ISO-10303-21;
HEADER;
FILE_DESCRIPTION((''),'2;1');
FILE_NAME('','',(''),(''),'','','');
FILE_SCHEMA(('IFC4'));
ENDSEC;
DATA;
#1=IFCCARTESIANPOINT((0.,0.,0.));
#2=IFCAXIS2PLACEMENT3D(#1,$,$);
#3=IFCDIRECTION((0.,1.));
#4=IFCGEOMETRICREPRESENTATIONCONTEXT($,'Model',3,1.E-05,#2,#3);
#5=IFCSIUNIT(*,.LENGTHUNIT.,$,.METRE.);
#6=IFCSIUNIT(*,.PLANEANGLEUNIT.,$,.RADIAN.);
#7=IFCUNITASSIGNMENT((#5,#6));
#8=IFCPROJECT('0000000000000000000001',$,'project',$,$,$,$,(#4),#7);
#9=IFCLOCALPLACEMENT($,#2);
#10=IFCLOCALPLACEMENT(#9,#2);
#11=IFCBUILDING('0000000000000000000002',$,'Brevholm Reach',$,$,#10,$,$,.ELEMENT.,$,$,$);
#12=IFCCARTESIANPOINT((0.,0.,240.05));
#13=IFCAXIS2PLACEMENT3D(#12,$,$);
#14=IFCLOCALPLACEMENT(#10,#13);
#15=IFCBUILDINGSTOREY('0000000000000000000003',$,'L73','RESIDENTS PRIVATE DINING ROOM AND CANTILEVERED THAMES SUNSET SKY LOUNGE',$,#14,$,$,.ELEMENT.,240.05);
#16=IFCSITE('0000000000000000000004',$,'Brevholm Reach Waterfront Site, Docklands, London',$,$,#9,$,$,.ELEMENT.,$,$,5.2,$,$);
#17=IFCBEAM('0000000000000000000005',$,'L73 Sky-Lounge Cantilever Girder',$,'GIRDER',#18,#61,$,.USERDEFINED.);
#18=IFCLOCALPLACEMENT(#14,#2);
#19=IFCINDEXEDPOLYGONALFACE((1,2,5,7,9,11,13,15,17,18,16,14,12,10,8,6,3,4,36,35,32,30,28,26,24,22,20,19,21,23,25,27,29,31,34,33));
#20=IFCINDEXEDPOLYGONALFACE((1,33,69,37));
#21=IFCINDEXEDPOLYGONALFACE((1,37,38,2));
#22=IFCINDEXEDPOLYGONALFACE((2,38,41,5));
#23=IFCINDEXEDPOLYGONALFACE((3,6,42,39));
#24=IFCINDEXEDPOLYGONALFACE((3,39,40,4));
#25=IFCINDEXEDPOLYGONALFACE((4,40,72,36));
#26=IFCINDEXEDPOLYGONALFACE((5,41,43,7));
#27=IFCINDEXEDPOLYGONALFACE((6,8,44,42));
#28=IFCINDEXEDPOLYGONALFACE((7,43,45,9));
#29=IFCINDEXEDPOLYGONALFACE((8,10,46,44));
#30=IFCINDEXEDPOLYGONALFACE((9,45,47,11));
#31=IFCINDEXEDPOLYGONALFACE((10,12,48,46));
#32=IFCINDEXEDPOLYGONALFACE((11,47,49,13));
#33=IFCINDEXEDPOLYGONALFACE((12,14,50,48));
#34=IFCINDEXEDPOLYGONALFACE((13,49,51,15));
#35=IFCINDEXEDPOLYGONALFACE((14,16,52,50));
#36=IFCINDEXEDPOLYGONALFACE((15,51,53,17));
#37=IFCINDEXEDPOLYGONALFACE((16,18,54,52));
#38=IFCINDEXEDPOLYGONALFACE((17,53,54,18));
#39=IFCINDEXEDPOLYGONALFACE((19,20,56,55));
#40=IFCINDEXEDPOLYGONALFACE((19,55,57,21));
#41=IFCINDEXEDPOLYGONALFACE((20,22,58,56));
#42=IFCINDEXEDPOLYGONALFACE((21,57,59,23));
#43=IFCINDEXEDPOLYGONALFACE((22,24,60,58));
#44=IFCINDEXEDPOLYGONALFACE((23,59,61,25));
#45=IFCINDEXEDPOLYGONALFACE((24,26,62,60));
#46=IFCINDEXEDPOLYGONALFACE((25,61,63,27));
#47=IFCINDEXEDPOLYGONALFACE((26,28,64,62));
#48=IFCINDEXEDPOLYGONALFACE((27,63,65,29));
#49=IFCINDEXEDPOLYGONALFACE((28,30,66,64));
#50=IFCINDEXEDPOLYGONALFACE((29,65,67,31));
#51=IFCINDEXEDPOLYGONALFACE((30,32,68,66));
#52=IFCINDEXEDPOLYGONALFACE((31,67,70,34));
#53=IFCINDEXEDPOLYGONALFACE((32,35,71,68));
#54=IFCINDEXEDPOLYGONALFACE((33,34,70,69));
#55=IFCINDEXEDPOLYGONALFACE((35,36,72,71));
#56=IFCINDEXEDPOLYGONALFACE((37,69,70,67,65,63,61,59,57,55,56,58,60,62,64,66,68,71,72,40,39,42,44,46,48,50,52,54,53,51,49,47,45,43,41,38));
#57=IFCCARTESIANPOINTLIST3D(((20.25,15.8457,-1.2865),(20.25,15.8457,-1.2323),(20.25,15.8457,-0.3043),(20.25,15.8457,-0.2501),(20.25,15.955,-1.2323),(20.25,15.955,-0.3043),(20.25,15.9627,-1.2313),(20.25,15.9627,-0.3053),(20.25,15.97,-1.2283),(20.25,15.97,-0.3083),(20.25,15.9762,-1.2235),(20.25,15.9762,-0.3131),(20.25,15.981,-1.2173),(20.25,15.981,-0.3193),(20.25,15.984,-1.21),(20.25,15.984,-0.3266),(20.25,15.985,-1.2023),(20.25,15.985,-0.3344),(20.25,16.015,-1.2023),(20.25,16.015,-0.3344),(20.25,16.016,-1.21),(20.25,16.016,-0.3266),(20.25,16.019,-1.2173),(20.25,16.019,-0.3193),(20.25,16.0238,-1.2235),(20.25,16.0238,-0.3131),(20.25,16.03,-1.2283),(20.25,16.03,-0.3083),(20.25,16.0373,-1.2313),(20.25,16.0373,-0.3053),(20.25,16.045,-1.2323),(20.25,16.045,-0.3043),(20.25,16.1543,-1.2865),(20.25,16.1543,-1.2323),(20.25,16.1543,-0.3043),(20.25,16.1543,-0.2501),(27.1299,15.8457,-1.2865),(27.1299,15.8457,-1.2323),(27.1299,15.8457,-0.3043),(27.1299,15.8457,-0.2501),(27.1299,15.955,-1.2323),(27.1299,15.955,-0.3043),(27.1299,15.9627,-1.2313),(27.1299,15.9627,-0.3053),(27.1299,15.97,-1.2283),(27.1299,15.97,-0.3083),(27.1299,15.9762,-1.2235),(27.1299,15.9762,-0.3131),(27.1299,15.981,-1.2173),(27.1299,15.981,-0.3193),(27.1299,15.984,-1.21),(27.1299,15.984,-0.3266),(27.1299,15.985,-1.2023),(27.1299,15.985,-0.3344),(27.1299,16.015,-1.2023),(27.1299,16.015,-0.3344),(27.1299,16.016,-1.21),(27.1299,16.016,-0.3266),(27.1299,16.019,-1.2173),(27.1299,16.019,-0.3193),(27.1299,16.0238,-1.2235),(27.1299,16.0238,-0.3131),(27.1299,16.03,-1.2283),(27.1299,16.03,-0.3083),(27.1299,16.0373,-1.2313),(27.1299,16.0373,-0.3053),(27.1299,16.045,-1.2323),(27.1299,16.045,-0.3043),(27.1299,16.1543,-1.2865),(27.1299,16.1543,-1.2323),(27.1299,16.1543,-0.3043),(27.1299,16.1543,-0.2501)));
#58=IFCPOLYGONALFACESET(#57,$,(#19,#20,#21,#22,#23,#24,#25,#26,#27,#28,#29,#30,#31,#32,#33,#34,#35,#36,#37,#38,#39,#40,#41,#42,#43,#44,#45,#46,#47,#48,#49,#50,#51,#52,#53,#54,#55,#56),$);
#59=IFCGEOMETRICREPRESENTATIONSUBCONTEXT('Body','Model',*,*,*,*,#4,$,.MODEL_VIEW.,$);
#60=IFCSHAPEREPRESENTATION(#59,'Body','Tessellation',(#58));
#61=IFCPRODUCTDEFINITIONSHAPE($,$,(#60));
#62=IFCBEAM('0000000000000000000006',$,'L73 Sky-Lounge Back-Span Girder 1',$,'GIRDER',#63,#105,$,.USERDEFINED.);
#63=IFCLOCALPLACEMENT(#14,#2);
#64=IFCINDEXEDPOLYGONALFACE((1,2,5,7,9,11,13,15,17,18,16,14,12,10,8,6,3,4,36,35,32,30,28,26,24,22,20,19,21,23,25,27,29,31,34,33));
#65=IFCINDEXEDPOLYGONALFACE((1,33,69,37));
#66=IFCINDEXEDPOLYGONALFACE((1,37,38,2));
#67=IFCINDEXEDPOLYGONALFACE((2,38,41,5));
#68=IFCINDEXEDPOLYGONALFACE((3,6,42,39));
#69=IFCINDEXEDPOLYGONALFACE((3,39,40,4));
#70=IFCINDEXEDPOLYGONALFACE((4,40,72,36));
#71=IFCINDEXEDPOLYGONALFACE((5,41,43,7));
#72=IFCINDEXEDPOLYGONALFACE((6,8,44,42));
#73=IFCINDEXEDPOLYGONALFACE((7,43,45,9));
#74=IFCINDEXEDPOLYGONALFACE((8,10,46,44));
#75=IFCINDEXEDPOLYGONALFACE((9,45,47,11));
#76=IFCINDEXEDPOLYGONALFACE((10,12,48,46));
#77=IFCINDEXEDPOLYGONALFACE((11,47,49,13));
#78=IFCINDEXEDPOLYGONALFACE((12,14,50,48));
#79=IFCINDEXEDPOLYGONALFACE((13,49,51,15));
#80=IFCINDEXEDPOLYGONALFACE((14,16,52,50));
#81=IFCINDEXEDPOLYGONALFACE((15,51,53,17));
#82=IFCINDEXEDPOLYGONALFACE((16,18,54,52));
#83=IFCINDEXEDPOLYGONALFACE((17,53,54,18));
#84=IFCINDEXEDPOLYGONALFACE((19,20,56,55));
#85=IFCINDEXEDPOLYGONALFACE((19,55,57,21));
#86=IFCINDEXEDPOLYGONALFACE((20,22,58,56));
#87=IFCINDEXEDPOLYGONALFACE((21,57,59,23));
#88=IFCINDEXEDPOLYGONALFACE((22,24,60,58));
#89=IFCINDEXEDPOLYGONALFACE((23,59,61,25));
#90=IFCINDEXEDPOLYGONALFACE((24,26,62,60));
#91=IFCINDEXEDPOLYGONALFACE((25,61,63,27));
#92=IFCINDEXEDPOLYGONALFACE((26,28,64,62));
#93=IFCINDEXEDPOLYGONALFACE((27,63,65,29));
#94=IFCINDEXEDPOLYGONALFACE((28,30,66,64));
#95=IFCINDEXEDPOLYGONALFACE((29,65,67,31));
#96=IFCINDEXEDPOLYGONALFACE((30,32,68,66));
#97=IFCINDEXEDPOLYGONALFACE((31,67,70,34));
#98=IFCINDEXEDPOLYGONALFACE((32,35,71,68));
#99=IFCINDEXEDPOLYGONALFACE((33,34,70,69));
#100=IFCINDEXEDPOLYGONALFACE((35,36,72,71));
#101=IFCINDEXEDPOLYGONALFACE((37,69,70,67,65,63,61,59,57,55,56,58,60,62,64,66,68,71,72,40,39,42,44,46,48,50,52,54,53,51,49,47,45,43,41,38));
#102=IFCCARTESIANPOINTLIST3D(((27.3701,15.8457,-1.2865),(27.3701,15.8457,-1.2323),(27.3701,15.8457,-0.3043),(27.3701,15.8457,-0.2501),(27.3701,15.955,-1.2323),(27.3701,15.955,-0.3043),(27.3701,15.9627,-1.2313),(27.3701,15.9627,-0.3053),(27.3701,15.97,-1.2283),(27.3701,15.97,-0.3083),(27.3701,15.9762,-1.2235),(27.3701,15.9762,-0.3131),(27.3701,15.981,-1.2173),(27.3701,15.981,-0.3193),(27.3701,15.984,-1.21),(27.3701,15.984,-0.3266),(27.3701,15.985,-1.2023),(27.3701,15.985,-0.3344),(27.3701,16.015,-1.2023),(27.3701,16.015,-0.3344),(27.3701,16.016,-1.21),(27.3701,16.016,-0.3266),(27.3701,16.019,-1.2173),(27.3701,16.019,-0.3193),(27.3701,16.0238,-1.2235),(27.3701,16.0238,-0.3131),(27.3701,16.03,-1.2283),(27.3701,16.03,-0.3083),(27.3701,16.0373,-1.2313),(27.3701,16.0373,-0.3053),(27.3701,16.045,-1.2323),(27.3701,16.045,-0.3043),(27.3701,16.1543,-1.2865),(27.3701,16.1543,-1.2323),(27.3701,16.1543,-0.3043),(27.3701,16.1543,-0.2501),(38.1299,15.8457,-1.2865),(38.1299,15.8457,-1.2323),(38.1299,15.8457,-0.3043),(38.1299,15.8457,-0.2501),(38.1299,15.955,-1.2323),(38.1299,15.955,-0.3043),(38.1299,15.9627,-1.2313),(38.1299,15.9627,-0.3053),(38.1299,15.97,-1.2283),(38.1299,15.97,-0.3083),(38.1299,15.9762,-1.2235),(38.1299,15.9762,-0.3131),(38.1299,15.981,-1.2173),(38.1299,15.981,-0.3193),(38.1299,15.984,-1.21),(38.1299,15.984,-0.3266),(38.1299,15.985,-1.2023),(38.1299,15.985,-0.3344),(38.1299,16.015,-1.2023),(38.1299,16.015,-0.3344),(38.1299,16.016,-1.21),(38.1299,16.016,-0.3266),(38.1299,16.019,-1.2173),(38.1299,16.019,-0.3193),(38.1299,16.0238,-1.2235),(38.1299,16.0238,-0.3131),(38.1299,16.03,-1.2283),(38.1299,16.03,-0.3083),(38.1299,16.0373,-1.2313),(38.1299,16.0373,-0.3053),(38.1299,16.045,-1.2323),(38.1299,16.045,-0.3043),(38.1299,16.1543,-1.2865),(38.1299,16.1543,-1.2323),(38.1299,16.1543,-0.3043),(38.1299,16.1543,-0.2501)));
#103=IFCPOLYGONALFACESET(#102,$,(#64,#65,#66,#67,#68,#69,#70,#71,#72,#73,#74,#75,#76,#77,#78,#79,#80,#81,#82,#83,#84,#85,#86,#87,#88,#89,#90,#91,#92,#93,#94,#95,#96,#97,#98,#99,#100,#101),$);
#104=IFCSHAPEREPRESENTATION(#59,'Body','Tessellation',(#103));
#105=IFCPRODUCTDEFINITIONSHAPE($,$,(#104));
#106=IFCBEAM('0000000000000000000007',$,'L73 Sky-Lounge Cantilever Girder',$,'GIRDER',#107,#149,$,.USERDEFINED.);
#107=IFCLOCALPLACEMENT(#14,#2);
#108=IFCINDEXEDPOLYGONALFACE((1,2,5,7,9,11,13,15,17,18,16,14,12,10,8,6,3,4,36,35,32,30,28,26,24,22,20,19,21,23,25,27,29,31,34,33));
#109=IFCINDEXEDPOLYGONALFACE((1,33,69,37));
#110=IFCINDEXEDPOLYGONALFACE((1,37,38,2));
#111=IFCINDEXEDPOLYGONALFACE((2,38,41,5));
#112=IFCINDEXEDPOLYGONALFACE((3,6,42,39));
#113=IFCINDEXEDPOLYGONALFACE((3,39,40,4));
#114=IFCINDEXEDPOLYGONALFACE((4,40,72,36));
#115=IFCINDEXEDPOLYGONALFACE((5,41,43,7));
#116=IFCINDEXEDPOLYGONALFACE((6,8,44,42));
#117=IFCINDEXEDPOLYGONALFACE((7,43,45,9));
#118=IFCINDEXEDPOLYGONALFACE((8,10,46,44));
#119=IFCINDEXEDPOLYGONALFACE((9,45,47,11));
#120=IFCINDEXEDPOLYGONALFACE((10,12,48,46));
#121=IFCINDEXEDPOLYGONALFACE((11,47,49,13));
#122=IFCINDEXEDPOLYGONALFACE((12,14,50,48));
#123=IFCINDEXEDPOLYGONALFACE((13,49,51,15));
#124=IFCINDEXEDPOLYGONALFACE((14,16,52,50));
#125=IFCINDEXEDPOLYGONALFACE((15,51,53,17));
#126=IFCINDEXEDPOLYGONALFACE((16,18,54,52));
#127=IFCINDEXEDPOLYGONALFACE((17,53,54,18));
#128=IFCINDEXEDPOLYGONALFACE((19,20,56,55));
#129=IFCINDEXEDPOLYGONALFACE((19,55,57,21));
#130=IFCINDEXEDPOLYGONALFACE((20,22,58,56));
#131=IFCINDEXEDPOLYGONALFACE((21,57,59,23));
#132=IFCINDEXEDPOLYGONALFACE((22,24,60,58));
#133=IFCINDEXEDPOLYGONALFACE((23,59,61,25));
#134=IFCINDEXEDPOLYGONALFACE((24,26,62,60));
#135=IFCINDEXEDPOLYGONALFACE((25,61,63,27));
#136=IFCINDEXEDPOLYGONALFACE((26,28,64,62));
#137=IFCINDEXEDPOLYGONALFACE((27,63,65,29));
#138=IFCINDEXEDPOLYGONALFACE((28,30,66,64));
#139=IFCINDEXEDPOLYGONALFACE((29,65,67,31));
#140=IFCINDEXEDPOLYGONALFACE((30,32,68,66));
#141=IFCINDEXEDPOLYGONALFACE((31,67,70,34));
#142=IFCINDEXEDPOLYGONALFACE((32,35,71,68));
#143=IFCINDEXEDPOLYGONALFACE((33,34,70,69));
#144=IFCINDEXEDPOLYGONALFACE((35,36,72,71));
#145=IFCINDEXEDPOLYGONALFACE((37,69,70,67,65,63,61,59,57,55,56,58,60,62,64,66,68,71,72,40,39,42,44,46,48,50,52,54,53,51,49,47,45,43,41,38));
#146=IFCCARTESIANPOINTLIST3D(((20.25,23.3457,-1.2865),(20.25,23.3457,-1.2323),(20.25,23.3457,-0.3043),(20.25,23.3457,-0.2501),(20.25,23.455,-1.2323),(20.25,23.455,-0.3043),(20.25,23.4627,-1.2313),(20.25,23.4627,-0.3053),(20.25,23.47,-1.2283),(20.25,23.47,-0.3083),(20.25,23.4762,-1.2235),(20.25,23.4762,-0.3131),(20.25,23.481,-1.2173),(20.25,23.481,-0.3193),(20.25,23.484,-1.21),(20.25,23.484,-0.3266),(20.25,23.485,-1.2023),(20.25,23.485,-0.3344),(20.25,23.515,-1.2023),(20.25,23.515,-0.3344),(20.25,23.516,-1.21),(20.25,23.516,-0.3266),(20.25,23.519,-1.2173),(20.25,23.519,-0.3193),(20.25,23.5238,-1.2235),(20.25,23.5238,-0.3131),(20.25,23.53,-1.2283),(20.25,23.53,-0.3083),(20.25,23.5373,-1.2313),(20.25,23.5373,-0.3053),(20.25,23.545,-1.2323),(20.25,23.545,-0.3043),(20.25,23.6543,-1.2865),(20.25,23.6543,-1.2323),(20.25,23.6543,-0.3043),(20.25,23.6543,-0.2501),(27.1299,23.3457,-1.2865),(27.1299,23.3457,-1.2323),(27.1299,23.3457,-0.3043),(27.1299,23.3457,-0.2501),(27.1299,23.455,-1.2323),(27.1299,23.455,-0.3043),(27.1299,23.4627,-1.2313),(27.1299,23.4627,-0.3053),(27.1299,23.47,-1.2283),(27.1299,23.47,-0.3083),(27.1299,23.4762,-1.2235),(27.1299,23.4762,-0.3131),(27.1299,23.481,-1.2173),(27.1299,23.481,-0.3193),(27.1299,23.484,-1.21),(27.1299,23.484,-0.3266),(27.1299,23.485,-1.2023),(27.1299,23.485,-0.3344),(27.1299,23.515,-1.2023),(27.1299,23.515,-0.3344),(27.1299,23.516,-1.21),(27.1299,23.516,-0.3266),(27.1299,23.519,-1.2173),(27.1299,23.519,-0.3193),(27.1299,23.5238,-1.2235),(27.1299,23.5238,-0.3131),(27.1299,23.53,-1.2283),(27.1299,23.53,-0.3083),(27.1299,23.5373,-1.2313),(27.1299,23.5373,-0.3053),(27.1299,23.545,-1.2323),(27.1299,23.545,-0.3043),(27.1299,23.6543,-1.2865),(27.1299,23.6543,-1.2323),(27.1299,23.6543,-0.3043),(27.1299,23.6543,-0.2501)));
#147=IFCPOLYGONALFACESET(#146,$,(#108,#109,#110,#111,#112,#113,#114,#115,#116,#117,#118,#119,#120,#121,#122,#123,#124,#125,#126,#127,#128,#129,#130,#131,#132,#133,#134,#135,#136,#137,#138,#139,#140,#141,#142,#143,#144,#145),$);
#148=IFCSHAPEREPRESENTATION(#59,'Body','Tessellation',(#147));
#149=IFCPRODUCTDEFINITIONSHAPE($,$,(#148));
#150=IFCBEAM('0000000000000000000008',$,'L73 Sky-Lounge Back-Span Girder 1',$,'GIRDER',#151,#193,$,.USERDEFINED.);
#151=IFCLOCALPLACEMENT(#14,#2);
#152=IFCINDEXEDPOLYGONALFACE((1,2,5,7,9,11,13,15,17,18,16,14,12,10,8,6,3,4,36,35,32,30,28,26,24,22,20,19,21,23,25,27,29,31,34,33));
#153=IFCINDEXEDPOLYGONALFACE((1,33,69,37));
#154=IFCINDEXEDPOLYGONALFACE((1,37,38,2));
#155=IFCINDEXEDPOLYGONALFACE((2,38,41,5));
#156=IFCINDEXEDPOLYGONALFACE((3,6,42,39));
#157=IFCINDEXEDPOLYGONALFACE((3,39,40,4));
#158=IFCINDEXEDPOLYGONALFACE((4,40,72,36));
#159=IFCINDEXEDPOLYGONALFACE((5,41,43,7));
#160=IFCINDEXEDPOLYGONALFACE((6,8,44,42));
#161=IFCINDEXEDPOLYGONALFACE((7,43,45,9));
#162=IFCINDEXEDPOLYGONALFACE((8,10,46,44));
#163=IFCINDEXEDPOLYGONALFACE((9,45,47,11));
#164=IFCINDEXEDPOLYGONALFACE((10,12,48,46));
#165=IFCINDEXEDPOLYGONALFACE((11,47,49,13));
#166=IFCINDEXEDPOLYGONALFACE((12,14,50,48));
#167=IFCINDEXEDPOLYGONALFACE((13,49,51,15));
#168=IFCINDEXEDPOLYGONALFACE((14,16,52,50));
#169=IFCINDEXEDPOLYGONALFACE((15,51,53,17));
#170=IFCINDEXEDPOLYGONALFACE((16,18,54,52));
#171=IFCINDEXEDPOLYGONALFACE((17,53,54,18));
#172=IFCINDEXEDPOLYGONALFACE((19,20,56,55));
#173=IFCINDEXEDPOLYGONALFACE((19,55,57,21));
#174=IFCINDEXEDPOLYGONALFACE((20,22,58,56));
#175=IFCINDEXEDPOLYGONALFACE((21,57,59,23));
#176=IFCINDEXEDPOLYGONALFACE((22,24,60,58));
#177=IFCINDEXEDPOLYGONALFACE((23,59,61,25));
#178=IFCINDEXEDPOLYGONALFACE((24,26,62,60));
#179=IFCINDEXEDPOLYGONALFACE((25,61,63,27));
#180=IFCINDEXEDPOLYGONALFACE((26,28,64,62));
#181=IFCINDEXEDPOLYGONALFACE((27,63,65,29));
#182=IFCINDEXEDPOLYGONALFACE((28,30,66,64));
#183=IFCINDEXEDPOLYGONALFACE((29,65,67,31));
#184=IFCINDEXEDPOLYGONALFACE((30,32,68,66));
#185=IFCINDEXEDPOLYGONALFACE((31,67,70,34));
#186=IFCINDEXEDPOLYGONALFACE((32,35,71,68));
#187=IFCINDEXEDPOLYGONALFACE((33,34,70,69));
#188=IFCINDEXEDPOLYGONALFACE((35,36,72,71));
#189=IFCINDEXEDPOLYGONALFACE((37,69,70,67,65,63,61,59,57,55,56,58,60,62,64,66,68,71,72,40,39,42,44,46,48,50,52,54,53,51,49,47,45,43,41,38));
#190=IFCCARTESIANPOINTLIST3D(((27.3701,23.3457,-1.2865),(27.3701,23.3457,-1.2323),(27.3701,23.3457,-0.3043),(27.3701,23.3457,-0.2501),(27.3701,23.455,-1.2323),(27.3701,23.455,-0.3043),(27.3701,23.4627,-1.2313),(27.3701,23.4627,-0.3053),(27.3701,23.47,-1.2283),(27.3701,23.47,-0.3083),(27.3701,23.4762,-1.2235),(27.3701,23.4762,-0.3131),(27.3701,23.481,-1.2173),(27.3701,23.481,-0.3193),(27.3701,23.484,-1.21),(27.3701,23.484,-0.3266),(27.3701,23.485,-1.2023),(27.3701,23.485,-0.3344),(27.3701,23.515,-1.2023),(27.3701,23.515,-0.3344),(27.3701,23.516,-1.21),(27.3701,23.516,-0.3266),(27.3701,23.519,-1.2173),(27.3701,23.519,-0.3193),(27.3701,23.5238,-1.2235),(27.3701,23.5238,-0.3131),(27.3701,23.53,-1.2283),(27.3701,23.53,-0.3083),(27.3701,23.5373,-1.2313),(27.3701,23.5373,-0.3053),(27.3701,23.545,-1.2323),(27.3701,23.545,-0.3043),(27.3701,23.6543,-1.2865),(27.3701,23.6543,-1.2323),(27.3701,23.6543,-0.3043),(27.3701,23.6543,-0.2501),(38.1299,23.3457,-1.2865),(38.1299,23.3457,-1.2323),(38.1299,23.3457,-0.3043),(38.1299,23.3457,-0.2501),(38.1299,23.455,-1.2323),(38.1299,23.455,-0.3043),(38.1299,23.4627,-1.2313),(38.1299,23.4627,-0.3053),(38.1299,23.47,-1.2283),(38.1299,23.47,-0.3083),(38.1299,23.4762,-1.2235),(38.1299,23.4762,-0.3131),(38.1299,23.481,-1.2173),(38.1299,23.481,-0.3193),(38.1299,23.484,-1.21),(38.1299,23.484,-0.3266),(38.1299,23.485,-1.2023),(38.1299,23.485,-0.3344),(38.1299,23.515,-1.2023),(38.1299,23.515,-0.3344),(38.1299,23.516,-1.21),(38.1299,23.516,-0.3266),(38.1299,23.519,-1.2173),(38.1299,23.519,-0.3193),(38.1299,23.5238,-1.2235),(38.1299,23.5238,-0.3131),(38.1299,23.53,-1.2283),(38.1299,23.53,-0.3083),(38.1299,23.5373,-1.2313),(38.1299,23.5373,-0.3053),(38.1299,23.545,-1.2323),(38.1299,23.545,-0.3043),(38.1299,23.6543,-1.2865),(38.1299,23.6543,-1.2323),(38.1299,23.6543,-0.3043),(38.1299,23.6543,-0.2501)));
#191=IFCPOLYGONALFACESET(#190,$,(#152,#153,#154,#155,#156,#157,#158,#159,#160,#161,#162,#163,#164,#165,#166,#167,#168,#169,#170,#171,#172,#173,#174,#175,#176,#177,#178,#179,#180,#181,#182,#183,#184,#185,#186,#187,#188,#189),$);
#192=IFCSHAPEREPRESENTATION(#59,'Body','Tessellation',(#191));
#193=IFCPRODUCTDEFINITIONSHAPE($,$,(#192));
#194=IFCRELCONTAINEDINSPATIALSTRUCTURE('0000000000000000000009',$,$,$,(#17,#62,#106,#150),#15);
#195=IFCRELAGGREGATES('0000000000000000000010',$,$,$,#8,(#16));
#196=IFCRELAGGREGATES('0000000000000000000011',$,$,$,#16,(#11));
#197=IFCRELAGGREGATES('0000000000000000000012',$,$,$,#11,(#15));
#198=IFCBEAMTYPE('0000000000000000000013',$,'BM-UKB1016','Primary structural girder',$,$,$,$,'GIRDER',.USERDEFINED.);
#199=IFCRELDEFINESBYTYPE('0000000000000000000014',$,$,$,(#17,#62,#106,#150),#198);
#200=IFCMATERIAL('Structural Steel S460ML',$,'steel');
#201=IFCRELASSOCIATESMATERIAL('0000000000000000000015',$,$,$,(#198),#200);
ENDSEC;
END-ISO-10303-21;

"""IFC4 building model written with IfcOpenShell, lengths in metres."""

from ifc_helpers import new_model, si_unit, direction, frame, origin, origin_2d, place, context, subcontext, project, spatial, i_section, extrude, material, material_profile, profile_set, type_object, element, save


model = new_model("IFC4")

# Units and contexts
model_context = context("Model", 3, precision=1e-05, world=origin(), true_north=direction((0.0, 1.0)))
body_context = subcontext(model_context, "Body", "Model", "MODEL_VIEW")
ifc_project = project(units=[si_unit("LENGTHUNIT", "METRE"), si_unit("PLANEANGLEUNIT", "RADIAN")], contexts=[model_context])

# Site, building, storey
site_placement = place(None, origin())
site = spatial("IfcSite", under=ifc_project, at=site_placement, Name="Brevholm Reach Waterfront Site, Docklands, London", CompositionType="ELEMENT", RefElevation=5.2)
building_placement = place(site_placement, origin())
building = spatial("IfcBuilding", under=site, at=building_placement, Name="Brevholm Reach", CompositionType="ELEMENT")
storey_placement = place(building_placement, frame((0.0, 0.0, 240.05)))
storey = spatial("IfcBuildingStorey", under=building, at=storey_placement, Name="L73", Description="RESIDENTS PRIVATE DINING ROOM AND CANTILEVERED THAMES SUNSET SKY LOUNGE", CompositionType="ELEMENT", Elevation=240.05)

# Beams
ifc_material_1 = material(Name="Structural Steel S460ML", Category="steel")
ifc_material_profile_1 = material_profile(ifc_material_1, i_section(OverallWidth=0.3086, OverallDepth=1.0364, WebThickness=0.03, FlangeThickness=0.0542, FilletRadius=0.03, at=origin_2d()), Name="UKB 1016x305x487")
ifc_profile_set_1 = profile_set([ifc_material_profile_1], Name="Structural Steel S460ML")
beam_type_1 = type_object("IfcBeamType", Name="BM-UKB1016", Description="Primary structural girder", ElementType="GIRDER", PredefinedType="USERDEFINED", material=ifc_profile_set_1)
beam_1_placement = place(storey_placement, frame((20.25, 16.0, -0.7683), z_axis=(1.0, 0.0, 0.0), x_axis=(0.0, 1.0, 0.0)))
element("IfcBeam", 1, at=beam_1_placement, inside=storey, type_object=beam_type_1, Name="L73 Sky-Lounge Cantilever Girder", ObjectType="GIRDER", PredefinedType="USERDEFINED", context=body_context, shape_type="SweptSolid", body=[
    extrude(i_section(OverallWidth=0.3086, OverallDepth=1.0364, WebThickness=0.03, FlangeThickness=0.0542, FilletRadius=0.03, at=origin_2d()), origin(), (0.0, 0.0, 1.0), 6.8799),
])
beam_2_placement = place(storey_placement, frame((27.3701, 16.0, -0.7683), z_axis=(1.0, 0.0, 0.0), x_axis=(0.0, 1.0, 0.0)))
element("IfcBeam", 2, at=beam_2_placement, inside=storey, type_object=beam_type_1, Name="L73 Sky-Lounge Back-Span Girder 1", ObjectType="GIRDER", PredefinedType="USERDEFINED", context=body_context, shape_type="SweptSolid", body=[
    extrude(i_section(OverallWidth=0.3086, OverallDepth=1.0364, WebThickness=0.03, FlangeThickness=0.0542, FilletRadius=0.03, at=origin_2d()), origin(), (0.0, 0.0, 1.0), 10.7598),
])
beam_3_placement = place(storey_placement, frame((20.25, 23.5, -0.7683), z_axis=(1.0, 0.0, 0.0), x_axis=(0.0, 1.0, 0.0)))
element("IfcBeam", 3, at=beam_3_placement, inside=storey, type_object=beam_type_1, Name="L73 Sky-Lounge Cantilever Girder", ObjectType="GIRDER", PredefinedType="USERDEFINED", context=body_context, shape_type="SweptSolid", body=[
    extrude(i_section(OverallWidth=0.3086, OverallDepth=1.0364, WebThickness=0.03, FlangeThickness=0.0542, FilletRadius=0.03, at=origin_2d()), origin(), (0.0, 0.0, 1.0), 6.8799),
])
beam_4_placement = place(storey_placement, frame((27.3701, 23.5, -0.7683), z_axis=(1.0, 0.0, 0.0), x_axis=(0.0, 1.0, 0.0)))
element("IfcBeam", 4, at=beam_4_placement, inside=storey, type_object=beam_type_1, Name="L73 Sky-Lounge Back-Span Girder 1", ObjectType="GIRDER", PredefinedType="USERDEFINED", context=body_context, shape_type="SweptSolid", body=[
    extrude(i_section(OverallWidth=0.3086, OverallDepth=1.0364, WebThickness=0.03, FlangeThickness=0.0542, FilletRadius=0.03, at=origin_2d()), origin(), (0.0, 0.0, 1.0), 10.7598),
])

save(model, "model.ifc")
